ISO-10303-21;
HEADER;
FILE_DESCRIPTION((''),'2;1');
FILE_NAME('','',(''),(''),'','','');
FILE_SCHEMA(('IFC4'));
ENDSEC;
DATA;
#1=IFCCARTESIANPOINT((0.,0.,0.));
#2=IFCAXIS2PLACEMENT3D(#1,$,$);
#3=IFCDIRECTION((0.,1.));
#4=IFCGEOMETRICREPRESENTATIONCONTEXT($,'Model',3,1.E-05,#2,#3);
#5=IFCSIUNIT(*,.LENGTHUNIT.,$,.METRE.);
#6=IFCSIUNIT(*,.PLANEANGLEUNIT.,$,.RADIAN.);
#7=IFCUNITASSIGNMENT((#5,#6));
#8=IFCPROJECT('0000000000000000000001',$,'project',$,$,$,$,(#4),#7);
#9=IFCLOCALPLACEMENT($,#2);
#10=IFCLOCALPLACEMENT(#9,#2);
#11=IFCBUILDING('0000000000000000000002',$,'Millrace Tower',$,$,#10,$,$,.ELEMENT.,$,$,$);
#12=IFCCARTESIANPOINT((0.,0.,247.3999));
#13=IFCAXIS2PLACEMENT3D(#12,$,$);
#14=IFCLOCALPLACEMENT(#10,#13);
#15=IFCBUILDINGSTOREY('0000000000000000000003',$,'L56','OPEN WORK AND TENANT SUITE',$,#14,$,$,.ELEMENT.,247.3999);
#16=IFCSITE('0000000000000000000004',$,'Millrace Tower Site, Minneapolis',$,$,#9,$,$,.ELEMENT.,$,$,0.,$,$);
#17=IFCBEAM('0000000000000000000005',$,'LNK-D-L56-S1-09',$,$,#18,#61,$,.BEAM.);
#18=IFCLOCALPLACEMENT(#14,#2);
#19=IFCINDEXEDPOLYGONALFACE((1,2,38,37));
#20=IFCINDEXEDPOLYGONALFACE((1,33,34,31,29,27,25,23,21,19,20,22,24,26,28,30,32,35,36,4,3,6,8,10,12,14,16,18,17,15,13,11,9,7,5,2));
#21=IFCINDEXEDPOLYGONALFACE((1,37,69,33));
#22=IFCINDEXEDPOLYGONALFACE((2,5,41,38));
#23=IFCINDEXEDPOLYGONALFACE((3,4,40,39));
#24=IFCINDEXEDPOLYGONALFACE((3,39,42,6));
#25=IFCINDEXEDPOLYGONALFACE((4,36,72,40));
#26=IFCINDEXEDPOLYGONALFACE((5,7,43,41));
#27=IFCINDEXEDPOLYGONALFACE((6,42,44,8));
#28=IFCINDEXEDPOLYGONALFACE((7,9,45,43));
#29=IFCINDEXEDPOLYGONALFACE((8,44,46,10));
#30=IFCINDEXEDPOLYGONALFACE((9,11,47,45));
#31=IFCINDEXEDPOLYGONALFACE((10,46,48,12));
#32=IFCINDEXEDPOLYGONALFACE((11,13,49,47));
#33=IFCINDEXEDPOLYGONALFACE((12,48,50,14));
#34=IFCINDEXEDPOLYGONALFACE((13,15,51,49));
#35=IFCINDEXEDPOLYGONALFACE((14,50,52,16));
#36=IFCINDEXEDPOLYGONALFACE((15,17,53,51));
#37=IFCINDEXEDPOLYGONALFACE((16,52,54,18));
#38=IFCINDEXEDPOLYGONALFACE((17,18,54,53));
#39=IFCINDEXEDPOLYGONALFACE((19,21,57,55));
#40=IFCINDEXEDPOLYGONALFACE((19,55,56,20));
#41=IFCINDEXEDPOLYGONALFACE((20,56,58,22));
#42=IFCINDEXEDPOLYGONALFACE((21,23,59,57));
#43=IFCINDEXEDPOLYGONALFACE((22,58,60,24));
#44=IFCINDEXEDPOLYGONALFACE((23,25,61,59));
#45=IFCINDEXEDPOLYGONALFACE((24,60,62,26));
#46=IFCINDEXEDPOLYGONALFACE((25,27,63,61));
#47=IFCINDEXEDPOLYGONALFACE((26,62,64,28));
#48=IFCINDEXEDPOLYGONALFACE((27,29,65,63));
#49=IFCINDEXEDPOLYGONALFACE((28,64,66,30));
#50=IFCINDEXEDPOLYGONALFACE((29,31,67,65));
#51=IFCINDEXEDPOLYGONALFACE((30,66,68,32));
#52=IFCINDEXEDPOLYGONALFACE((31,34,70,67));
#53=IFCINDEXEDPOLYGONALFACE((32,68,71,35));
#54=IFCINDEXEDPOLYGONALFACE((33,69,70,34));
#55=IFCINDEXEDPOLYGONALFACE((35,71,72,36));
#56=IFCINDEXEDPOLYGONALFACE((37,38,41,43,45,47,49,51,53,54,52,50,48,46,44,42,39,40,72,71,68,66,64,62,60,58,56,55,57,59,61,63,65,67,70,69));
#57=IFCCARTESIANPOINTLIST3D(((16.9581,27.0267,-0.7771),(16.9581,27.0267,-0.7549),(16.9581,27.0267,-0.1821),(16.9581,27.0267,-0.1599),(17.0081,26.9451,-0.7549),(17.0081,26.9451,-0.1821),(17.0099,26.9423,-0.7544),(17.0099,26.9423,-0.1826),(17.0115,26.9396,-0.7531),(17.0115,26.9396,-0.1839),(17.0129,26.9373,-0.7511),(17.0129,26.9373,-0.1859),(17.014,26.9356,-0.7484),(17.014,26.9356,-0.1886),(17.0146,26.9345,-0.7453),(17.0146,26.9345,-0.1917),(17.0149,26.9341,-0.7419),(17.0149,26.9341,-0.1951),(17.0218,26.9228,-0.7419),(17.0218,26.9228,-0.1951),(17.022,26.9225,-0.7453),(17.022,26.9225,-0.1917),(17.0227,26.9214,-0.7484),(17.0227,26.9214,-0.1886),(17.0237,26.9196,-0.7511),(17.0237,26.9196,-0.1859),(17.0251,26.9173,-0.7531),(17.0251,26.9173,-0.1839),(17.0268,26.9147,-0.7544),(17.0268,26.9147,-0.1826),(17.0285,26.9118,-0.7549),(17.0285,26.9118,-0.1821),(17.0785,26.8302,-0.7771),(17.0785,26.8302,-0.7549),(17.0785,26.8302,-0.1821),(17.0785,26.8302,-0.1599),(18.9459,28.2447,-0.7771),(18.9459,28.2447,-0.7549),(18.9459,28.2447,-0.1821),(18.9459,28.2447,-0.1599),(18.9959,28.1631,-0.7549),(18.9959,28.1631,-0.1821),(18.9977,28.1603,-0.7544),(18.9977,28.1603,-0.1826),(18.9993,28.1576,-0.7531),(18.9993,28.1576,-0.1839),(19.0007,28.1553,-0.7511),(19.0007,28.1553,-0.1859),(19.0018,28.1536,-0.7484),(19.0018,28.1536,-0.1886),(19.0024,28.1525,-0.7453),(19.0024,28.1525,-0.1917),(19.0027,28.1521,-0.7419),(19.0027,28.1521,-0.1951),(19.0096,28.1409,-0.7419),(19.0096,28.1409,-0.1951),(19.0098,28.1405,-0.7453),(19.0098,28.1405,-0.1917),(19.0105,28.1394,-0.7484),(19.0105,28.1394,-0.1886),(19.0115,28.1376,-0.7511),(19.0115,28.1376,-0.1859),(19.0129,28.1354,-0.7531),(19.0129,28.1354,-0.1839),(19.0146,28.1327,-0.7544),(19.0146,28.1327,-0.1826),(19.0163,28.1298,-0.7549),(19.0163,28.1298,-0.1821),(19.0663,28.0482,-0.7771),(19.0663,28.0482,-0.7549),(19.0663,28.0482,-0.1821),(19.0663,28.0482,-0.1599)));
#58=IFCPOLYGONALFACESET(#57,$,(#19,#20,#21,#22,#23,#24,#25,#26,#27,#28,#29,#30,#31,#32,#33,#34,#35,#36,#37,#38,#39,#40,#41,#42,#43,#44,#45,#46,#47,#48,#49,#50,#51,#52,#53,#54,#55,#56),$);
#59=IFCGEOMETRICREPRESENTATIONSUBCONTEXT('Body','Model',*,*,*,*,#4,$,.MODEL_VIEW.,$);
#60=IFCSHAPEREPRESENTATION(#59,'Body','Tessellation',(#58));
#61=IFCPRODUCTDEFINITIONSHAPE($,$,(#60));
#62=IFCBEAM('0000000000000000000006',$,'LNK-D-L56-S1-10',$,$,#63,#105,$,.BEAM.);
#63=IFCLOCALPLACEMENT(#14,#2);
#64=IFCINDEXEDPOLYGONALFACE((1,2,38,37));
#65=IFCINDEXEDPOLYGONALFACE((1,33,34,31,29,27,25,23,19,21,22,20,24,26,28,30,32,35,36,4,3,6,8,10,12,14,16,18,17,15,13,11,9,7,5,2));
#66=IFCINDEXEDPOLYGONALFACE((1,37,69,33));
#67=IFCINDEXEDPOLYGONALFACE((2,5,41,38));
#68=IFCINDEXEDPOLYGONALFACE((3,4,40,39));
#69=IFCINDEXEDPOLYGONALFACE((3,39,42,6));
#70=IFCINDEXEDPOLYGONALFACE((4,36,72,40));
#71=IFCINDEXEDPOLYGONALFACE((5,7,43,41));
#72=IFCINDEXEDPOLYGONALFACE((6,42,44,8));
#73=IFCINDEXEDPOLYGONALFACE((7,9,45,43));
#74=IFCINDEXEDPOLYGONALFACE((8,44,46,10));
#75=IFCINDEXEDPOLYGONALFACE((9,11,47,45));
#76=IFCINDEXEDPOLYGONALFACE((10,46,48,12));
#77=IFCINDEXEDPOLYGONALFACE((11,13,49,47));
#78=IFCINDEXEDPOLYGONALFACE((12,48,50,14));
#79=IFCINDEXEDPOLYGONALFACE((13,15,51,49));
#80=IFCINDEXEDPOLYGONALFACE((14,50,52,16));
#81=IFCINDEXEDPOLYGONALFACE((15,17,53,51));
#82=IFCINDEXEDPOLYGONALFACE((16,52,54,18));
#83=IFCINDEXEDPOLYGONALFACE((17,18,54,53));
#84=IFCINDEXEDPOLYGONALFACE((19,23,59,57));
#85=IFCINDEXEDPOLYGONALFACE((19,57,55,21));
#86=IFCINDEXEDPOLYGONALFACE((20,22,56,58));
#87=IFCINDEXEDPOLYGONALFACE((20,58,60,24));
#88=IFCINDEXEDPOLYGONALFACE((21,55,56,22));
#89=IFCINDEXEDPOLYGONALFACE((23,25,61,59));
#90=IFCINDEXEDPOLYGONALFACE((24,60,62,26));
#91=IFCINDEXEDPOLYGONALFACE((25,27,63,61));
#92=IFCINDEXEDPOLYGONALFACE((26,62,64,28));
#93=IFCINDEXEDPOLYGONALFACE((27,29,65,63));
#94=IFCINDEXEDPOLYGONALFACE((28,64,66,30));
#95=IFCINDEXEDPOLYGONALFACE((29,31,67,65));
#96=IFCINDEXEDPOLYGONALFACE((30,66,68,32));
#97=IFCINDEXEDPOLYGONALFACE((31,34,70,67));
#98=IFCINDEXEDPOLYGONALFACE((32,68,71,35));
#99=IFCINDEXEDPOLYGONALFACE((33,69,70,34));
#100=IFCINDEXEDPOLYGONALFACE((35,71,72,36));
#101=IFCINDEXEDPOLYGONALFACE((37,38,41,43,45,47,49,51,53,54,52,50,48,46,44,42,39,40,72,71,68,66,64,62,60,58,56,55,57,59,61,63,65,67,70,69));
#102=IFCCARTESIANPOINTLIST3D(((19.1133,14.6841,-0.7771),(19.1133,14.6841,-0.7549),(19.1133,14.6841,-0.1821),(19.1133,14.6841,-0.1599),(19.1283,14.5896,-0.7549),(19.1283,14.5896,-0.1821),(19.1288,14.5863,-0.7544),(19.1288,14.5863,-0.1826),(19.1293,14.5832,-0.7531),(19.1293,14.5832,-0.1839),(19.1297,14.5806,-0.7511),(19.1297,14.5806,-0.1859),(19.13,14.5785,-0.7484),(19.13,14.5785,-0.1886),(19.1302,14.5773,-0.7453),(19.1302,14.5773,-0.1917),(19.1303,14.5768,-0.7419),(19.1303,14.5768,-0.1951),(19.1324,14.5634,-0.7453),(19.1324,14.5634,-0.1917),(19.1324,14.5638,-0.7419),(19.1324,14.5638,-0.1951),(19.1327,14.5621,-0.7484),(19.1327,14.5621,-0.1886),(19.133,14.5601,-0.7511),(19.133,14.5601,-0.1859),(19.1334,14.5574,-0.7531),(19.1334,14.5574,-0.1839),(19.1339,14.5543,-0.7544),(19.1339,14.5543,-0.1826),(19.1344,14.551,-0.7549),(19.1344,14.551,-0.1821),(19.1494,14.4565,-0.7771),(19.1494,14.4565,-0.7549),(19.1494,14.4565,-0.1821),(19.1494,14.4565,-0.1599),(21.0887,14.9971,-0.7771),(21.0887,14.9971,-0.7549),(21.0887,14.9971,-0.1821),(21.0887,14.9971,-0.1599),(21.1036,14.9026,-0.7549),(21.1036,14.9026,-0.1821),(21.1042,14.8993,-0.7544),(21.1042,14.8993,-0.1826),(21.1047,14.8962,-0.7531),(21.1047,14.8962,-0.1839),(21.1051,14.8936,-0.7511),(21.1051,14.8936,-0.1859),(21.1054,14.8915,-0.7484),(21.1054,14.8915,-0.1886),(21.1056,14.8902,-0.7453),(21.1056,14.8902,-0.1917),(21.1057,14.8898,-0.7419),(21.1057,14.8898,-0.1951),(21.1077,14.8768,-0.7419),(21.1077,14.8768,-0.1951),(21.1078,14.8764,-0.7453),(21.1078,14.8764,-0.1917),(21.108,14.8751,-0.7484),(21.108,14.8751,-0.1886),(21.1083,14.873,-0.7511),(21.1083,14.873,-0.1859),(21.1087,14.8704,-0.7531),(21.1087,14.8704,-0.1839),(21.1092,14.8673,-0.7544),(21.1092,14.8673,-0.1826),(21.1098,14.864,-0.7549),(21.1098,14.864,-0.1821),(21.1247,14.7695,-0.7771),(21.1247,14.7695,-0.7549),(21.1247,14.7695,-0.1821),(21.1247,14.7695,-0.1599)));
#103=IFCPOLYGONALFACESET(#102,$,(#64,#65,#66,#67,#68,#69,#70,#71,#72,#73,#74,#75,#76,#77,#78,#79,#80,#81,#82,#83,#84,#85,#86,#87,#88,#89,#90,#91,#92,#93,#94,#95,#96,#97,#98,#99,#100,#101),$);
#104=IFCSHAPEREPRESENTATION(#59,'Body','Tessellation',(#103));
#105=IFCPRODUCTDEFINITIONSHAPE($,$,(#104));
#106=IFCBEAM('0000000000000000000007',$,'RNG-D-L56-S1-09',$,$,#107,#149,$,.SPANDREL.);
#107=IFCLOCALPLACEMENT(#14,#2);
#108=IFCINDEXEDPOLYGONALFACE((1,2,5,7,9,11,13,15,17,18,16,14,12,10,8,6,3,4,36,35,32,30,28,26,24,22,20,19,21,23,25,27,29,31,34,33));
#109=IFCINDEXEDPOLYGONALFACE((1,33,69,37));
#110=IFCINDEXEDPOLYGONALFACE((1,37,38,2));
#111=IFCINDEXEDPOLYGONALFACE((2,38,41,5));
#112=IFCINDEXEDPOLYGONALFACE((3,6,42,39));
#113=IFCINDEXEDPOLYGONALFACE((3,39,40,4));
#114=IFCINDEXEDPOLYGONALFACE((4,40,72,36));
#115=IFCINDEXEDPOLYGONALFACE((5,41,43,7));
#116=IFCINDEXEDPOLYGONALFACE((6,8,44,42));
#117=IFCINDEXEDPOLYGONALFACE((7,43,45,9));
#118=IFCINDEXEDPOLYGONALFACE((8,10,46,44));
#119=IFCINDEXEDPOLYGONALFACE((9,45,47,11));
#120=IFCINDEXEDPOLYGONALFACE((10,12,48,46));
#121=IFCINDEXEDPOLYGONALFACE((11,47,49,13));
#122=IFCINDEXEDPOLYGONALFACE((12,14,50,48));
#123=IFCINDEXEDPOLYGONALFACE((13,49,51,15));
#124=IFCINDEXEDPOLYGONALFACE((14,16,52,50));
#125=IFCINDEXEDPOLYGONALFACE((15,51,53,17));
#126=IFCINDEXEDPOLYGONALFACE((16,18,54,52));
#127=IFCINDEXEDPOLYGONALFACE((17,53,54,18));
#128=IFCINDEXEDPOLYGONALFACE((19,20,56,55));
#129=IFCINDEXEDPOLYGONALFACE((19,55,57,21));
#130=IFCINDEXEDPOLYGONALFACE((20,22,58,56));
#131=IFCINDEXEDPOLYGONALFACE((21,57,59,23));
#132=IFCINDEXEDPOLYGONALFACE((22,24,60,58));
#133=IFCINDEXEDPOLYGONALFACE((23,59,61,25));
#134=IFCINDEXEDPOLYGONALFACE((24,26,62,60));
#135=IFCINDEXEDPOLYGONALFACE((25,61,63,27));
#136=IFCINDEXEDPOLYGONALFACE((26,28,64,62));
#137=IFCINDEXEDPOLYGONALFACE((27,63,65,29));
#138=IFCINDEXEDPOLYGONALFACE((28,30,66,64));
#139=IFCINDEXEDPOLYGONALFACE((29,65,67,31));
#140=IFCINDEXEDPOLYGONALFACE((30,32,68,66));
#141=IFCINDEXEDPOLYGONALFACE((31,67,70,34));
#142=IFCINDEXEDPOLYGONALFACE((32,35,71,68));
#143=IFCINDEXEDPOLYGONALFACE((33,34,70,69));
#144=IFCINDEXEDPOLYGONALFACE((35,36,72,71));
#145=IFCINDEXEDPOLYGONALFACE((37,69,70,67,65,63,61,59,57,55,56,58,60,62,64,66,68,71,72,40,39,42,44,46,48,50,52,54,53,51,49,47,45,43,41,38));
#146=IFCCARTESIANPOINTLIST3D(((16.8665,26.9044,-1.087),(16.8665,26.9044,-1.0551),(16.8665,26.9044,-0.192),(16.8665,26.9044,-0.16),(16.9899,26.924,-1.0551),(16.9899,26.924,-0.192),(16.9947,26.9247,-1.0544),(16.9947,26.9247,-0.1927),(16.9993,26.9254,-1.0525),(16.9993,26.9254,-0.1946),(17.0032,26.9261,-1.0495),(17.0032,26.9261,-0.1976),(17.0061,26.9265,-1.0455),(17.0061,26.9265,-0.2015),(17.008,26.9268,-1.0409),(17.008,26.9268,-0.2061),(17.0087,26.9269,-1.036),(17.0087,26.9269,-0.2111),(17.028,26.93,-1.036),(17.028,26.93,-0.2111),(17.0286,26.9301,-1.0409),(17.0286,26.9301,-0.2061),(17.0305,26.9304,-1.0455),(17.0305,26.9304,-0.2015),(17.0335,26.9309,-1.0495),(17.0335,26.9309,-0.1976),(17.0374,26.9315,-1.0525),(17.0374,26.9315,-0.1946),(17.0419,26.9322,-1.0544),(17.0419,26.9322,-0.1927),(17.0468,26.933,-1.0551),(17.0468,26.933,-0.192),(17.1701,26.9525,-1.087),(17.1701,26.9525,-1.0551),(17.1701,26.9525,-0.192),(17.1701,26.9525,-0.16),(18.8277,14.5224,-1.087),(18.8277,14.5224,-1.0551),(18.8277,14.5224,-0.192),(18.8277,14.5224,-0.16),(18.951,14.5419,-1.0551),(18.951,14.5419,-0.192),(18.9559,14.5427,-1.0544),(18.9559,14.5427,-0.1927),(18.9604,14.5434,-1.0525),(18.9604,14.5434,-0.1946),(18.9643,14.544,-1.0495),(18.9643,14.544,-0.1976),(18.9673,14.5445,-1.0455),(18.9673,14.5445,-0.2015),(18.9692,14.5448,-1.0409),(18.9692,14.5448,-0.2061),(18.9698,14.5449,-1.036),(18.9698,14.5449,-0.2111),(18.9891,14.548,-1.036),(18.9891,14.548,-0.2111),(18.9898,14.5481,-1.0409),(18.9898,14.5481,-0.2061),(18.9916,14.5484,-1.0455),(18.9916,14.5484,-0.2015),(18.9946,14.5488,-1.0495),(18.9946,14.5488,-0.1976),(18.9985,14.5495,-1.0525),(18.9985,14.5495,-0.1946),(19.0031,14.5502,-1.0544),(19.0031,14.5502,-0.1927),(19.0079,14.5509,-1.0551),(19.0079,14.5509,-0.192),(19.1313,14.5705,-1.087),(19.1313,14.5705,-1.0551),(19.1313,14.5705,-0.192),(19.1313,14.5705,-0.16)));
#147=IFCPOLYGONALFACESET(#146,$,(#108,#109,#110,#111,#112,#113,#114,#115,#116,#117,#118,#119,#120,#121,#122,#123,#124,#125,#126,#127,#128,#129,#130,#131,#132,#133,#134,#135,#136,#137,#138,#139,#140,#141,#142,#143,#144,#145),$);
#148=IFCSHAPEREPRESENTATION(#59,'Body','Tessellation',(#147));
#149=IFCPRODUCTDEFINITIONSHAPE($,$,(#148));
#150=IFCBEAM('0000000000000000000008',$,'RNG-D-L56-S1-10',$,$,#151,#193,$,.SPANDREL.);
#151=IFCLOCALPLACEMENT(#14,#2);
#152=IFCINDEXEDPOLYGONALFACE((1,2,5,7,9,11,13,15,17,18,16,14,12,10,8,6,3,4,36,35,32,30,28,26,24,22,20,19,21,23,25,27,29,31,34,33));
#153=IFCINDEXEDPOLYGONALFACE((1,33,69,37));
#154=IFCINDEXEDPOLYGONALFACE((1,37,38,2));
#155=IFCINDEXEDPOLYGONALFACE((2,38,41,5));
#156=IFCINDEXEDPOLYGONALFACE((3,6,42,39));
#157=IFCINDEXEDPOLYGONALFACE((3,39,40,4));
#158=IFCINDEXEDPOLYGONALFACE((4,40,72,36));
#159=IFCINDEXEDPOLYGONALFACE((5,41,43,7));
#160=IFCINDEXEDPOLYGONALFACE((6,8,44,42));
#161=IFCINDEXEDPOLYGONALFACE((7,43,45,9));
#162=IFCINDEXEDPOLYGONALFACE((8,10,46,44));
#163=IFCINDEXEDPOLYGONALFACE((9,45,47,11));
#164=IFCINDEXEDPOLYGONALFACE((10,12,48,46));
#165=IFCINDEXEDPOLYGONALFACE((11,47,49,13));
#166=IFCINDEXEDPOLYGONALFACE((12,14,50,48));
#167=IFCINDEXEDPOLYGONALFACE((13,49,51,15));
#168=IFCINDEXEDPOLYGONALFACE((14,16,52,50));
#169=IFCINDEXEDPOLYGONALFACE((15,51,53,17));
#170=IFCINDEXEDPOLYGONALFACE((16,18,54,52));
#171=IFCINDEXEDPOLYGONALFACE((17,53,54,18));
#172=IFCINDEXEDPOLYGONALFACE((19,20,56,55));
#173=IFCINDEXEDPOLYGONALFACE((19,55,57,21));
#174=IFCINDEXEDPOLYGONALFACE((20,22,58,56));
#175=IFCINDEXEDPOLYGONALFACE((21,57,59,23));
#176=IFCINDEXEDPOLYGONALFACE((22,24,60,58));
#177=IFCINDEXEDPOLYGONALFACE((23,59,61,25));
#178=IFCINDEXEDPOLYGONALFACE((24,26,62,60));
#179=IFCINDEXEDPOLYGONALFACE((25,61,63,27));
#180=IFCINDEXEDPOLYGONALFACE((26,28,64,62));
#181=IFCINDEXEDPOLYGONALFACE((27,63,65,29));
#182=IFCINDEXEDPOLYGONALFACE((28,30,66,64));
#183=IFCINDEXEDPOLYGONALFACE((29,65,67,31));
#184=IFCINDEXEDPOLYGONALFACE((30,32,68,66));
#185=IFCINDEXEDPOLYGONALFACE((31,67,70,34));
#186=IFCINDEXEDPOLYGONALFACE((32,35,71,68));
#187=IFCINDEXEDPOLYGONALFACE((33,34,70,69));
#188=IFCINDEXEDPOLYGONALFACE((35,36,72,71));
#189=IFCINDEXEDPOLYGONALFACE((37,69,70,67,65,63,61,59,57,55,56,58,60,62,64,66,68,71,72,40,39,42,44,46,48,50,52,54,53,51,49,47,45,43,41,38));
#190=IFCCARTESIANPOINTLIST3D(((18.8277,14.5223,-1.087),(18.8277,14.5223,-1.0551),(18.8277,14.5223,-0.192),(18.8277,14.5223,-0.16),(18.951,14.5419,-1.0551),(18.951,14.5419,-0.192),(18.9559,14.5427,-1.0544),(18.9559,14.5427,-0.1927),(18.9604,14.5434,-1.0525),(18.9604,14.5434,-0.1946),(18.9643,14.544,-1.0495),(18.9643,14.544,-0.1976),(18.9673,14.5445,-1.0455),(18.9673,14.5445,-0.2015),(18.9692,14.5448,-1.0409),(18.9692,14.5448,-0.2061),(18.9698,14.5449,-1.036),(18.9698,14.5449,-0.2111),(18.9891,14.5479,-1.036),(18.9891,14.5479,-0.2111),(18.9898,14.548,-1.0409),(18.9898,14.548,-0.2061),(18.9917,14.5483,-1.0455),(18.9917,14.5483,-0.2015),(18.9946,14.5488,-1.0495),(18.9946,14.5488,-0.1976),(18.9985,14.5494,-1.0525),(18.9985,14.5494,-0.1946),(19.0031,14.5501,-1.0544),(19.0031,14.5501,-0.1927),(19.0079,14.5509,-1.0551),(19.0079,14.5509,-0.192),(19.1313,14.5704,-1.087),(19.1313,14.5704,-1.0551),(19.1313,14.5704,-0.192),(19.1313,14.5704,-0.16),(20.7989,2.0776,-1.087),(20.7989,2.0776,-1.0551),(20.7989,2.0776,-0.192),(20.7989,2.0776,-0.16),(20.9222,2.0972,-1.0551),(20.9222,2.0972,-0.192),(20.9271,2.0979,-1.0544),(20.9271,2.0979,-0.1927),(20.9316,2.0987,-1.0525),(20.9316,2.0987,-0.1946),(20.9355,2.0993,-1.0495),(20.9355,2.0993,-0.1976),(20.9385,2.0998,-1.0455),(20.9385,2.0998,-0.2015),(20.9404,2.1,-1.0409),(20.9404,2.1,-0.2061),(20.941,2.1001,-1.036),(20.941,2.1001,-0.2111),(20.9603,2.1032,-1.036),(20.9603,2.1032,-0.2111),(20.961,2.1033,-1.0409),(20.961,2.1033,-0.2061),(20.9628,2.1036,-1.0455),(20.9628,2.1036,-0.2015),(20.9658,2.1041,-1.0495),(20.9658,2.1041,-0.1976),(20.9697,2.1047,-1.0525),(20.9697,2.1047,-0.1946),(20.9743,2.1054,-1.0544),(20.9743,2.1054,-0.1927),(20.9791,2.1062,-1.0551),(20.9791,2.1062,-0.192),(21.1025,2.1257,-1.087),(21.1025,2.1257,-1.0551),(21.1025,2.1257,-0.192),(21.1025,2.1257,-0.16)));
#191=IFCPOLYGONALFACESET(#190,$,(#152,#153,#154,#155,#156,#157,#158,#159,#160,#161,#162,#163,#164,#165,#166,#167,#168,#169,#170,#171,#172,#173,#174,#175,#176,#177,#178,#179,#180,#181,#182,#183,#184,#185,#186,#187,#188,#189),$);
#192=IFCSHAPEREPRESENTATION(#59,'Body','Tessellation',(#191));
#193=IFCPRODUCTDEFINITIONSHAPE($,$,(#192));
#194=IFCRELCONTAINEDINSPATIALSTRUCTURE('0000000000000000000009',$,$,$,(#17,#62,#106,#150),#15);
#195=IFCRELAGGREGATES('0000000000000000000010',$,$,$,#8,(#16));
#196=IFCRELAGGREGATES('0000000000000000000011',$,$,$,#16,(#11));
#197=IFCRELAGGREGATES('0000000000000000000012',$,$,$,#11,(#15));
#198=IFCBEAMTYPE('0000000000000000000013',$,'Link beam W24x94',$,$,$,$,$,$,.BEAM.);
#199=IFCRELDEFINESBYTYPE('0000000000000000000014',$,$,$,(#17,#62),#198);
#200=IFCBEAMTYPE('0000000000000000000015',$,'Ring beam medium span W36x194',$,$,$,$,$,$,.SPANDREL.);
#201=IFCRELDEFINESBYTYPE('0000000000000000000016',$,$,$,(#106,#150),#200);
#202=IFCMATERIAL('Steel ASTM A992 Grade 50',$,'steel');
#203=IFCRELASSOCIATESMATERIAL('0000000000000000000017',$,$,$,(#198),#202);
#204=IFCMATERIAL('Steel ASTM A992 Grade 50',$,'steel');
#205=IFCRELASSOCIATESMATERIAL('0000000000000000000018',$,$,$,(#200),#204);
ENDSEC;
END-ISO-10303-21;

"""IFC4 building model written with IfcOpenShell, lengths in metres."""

from ifc_helpers import new_model, si_unit, direction, frame, origin, origin_2d, place, context, subcontext, project, spatial, i_section, extrude, material, material_profile, profile_set, type_object, element, save


model = new_model("IFC4")

# Units and contexts
model_context = context("Model", 3, precision=1e-05, world=origin(), true_north=direction((0.0, 1.0)))
body_context = subcontext(model_context, "Body", "Model", "MODEL_VIEW")
ifc_project = project(units=[si_unit("LENGTHUNIT", "METRE"), si_unit("PLANEANGLEUNIT", "RADIAN")], contexts=[model_context])

# Site, building, storey
site_placement = place(None, origin())
site = spatial("IfcSite", under=ifc_project, at=site_placement, Name="Millrace Tower Site, Minneapolis", CompositionType="ELEMENT", RefElevation=0.0)
building_placement = place(site_placement, origin())
building = spatial("IfcBuilding", under=site, at=building_placement, Name="Millrace Tower", CompositionType="ELEMENT")
storey_placement = place(building_placement, frame((0.0, 0.0, 247.3999)))
storey = spatial("IfcBuildingStorey", under=building, at=storey_placement, Name="L56", Description="OPEN WORK AND TENANT SUITE", CompositionType="ELEMENT", Elevation=247.3999)

# Beams
ifc_material_1 = material(Name="Steel ASTM A992 Grade 50", Category="steel")
ifc_material_profile_1 = material_profile(ifc_material_1, i_section(OverallWidth=0.2305, OverallDepth=0.6172, WebThickness=0.0132, FlangeThickness=0.0222, FilletRadius=0.0129, at=origin_2d()))
ifc_profile_set_1 = profile_set([ifc_material_profile_1], Name="Steel ASTM A992 Grade 50")
beam_type_1 = type_object("IfcBeamType", Name="Link beam W24x94", PredefinedType="BEAM", material=ifc_profile_set_1)
beam_1_placement = place(storey_placement, frame((17.0183, 26.9285, -0.4685), z_axis=(0.85266, 0.522466, 0.0), x_axis=(-0.522466, 0.85266, 0.0)))
element("IfcBeam", 1, at=beam_1_placement, inside=storey, type_object=beam_type_1, Name="LNK-D-L56-S1-09", PredefinedType="BEAM", context=body_context, shape_type="SweptSolid", body=[
    extrude(i_section(OverallWidth=0.2305, OverallDepth=0.6172, WebThickness=0.0132, FlangeThickness=0.0222, FilletRadius=0.0129, at=origin_2d()), origin(), (0.0, 0.0, 1.0), 2.3313),
])
beam_2_placement = place(storey_placement, frame((19.1313, 14.5703, -0.4685), z_axis=(0.987679, 0.156495, 0.0), x_axis=(-0.156495, 0.987679, 0.0)))
element("IfcBeam", 2, at=beam_2_placement, inside=storey, type_object=beam_type_1, Name="LNK-D-L56-S1-10", PredefinedType="BEAM", context=body_context, shape_type="SweptSolid", body=[
    extrude(i_section(OverallWidth=0.2305, OverallDepth=0.6172, WebThickness=0.0132, FlangeThickness=0.0222, FilletRadius=0.0129, at=origin_2d()), origin(), (0.0, 0.0, 1.0), 2.0),
])
ifc_material_2 = material(Name="Steel ASTM A992 Grade 50", Category="steel")
ifc_material_profile_2 = material_profile(ifc_material_2, i_section(OverallWidth=0.3074, OverallDepth=0.927, WebThickness=0.0195, FlangeThickness=0.032, FilletRadius=0.019, at=origin_2d()))
ifc_profile_set_2 = profile_set([ifc_material_profile_2], Name="Steel ASTM A992 Grade 50")
beam_type_2 = type_object("IfcBeamType", Name="Ring beam medium span W36x194", PredefinedType="SPANDREL", material=ifc_profile_set_2)
beam_3_placement = place(storey_placement, frame((17.0183, 26.9285, -0.6235), z_axis=(0.156439, -0.987688, 0.0), x_axis=(0.987688, 0.156439, 0.0)))
element("IfcBeam", 3, at=beam_3_placement, inside=storey, type_object=beam_type_2, Name="RNG-D-L56-S1-09", PredefinedType="SPANDREL", context=body_context, shape_type="SweptSolid", body=[
    extrude(i_section(OverallWidth=0.3074, OverallDepth=0.927, WebThickness=0.0195, FlangeThickness=0.032, FilletRadius=0.019, at=origin_2d()), origin(), (0.0, 0.0, 1.0), 12.5364),
])
beam_4_placement = place(storey_placement, frame((18.9795, 14.5464, -0.6235), z_axis=(0.156444, -0.987687, 0.0), x_axis=(0.987687, 0.156444, 0.0)))
element("IfcBeam", 4, at=beam_4_placement, inside=storey, type_object=beam_type_2, Name="RNG-D-L56-S1-10", PredefinedType="SPANDREL", context=body_context, shape_type="SweptSolid", body=[
    extrude(i_section(OverallWidth=0.3074, OverallDepth=0.927, WebThickness=0.0195, FlangeThickness=0.032, FilletRadius=0.019, at=origin_2d()), origin(), (0.0, 0.0, 1.0), 12.5999),
])

save(model, "model.ifc")
